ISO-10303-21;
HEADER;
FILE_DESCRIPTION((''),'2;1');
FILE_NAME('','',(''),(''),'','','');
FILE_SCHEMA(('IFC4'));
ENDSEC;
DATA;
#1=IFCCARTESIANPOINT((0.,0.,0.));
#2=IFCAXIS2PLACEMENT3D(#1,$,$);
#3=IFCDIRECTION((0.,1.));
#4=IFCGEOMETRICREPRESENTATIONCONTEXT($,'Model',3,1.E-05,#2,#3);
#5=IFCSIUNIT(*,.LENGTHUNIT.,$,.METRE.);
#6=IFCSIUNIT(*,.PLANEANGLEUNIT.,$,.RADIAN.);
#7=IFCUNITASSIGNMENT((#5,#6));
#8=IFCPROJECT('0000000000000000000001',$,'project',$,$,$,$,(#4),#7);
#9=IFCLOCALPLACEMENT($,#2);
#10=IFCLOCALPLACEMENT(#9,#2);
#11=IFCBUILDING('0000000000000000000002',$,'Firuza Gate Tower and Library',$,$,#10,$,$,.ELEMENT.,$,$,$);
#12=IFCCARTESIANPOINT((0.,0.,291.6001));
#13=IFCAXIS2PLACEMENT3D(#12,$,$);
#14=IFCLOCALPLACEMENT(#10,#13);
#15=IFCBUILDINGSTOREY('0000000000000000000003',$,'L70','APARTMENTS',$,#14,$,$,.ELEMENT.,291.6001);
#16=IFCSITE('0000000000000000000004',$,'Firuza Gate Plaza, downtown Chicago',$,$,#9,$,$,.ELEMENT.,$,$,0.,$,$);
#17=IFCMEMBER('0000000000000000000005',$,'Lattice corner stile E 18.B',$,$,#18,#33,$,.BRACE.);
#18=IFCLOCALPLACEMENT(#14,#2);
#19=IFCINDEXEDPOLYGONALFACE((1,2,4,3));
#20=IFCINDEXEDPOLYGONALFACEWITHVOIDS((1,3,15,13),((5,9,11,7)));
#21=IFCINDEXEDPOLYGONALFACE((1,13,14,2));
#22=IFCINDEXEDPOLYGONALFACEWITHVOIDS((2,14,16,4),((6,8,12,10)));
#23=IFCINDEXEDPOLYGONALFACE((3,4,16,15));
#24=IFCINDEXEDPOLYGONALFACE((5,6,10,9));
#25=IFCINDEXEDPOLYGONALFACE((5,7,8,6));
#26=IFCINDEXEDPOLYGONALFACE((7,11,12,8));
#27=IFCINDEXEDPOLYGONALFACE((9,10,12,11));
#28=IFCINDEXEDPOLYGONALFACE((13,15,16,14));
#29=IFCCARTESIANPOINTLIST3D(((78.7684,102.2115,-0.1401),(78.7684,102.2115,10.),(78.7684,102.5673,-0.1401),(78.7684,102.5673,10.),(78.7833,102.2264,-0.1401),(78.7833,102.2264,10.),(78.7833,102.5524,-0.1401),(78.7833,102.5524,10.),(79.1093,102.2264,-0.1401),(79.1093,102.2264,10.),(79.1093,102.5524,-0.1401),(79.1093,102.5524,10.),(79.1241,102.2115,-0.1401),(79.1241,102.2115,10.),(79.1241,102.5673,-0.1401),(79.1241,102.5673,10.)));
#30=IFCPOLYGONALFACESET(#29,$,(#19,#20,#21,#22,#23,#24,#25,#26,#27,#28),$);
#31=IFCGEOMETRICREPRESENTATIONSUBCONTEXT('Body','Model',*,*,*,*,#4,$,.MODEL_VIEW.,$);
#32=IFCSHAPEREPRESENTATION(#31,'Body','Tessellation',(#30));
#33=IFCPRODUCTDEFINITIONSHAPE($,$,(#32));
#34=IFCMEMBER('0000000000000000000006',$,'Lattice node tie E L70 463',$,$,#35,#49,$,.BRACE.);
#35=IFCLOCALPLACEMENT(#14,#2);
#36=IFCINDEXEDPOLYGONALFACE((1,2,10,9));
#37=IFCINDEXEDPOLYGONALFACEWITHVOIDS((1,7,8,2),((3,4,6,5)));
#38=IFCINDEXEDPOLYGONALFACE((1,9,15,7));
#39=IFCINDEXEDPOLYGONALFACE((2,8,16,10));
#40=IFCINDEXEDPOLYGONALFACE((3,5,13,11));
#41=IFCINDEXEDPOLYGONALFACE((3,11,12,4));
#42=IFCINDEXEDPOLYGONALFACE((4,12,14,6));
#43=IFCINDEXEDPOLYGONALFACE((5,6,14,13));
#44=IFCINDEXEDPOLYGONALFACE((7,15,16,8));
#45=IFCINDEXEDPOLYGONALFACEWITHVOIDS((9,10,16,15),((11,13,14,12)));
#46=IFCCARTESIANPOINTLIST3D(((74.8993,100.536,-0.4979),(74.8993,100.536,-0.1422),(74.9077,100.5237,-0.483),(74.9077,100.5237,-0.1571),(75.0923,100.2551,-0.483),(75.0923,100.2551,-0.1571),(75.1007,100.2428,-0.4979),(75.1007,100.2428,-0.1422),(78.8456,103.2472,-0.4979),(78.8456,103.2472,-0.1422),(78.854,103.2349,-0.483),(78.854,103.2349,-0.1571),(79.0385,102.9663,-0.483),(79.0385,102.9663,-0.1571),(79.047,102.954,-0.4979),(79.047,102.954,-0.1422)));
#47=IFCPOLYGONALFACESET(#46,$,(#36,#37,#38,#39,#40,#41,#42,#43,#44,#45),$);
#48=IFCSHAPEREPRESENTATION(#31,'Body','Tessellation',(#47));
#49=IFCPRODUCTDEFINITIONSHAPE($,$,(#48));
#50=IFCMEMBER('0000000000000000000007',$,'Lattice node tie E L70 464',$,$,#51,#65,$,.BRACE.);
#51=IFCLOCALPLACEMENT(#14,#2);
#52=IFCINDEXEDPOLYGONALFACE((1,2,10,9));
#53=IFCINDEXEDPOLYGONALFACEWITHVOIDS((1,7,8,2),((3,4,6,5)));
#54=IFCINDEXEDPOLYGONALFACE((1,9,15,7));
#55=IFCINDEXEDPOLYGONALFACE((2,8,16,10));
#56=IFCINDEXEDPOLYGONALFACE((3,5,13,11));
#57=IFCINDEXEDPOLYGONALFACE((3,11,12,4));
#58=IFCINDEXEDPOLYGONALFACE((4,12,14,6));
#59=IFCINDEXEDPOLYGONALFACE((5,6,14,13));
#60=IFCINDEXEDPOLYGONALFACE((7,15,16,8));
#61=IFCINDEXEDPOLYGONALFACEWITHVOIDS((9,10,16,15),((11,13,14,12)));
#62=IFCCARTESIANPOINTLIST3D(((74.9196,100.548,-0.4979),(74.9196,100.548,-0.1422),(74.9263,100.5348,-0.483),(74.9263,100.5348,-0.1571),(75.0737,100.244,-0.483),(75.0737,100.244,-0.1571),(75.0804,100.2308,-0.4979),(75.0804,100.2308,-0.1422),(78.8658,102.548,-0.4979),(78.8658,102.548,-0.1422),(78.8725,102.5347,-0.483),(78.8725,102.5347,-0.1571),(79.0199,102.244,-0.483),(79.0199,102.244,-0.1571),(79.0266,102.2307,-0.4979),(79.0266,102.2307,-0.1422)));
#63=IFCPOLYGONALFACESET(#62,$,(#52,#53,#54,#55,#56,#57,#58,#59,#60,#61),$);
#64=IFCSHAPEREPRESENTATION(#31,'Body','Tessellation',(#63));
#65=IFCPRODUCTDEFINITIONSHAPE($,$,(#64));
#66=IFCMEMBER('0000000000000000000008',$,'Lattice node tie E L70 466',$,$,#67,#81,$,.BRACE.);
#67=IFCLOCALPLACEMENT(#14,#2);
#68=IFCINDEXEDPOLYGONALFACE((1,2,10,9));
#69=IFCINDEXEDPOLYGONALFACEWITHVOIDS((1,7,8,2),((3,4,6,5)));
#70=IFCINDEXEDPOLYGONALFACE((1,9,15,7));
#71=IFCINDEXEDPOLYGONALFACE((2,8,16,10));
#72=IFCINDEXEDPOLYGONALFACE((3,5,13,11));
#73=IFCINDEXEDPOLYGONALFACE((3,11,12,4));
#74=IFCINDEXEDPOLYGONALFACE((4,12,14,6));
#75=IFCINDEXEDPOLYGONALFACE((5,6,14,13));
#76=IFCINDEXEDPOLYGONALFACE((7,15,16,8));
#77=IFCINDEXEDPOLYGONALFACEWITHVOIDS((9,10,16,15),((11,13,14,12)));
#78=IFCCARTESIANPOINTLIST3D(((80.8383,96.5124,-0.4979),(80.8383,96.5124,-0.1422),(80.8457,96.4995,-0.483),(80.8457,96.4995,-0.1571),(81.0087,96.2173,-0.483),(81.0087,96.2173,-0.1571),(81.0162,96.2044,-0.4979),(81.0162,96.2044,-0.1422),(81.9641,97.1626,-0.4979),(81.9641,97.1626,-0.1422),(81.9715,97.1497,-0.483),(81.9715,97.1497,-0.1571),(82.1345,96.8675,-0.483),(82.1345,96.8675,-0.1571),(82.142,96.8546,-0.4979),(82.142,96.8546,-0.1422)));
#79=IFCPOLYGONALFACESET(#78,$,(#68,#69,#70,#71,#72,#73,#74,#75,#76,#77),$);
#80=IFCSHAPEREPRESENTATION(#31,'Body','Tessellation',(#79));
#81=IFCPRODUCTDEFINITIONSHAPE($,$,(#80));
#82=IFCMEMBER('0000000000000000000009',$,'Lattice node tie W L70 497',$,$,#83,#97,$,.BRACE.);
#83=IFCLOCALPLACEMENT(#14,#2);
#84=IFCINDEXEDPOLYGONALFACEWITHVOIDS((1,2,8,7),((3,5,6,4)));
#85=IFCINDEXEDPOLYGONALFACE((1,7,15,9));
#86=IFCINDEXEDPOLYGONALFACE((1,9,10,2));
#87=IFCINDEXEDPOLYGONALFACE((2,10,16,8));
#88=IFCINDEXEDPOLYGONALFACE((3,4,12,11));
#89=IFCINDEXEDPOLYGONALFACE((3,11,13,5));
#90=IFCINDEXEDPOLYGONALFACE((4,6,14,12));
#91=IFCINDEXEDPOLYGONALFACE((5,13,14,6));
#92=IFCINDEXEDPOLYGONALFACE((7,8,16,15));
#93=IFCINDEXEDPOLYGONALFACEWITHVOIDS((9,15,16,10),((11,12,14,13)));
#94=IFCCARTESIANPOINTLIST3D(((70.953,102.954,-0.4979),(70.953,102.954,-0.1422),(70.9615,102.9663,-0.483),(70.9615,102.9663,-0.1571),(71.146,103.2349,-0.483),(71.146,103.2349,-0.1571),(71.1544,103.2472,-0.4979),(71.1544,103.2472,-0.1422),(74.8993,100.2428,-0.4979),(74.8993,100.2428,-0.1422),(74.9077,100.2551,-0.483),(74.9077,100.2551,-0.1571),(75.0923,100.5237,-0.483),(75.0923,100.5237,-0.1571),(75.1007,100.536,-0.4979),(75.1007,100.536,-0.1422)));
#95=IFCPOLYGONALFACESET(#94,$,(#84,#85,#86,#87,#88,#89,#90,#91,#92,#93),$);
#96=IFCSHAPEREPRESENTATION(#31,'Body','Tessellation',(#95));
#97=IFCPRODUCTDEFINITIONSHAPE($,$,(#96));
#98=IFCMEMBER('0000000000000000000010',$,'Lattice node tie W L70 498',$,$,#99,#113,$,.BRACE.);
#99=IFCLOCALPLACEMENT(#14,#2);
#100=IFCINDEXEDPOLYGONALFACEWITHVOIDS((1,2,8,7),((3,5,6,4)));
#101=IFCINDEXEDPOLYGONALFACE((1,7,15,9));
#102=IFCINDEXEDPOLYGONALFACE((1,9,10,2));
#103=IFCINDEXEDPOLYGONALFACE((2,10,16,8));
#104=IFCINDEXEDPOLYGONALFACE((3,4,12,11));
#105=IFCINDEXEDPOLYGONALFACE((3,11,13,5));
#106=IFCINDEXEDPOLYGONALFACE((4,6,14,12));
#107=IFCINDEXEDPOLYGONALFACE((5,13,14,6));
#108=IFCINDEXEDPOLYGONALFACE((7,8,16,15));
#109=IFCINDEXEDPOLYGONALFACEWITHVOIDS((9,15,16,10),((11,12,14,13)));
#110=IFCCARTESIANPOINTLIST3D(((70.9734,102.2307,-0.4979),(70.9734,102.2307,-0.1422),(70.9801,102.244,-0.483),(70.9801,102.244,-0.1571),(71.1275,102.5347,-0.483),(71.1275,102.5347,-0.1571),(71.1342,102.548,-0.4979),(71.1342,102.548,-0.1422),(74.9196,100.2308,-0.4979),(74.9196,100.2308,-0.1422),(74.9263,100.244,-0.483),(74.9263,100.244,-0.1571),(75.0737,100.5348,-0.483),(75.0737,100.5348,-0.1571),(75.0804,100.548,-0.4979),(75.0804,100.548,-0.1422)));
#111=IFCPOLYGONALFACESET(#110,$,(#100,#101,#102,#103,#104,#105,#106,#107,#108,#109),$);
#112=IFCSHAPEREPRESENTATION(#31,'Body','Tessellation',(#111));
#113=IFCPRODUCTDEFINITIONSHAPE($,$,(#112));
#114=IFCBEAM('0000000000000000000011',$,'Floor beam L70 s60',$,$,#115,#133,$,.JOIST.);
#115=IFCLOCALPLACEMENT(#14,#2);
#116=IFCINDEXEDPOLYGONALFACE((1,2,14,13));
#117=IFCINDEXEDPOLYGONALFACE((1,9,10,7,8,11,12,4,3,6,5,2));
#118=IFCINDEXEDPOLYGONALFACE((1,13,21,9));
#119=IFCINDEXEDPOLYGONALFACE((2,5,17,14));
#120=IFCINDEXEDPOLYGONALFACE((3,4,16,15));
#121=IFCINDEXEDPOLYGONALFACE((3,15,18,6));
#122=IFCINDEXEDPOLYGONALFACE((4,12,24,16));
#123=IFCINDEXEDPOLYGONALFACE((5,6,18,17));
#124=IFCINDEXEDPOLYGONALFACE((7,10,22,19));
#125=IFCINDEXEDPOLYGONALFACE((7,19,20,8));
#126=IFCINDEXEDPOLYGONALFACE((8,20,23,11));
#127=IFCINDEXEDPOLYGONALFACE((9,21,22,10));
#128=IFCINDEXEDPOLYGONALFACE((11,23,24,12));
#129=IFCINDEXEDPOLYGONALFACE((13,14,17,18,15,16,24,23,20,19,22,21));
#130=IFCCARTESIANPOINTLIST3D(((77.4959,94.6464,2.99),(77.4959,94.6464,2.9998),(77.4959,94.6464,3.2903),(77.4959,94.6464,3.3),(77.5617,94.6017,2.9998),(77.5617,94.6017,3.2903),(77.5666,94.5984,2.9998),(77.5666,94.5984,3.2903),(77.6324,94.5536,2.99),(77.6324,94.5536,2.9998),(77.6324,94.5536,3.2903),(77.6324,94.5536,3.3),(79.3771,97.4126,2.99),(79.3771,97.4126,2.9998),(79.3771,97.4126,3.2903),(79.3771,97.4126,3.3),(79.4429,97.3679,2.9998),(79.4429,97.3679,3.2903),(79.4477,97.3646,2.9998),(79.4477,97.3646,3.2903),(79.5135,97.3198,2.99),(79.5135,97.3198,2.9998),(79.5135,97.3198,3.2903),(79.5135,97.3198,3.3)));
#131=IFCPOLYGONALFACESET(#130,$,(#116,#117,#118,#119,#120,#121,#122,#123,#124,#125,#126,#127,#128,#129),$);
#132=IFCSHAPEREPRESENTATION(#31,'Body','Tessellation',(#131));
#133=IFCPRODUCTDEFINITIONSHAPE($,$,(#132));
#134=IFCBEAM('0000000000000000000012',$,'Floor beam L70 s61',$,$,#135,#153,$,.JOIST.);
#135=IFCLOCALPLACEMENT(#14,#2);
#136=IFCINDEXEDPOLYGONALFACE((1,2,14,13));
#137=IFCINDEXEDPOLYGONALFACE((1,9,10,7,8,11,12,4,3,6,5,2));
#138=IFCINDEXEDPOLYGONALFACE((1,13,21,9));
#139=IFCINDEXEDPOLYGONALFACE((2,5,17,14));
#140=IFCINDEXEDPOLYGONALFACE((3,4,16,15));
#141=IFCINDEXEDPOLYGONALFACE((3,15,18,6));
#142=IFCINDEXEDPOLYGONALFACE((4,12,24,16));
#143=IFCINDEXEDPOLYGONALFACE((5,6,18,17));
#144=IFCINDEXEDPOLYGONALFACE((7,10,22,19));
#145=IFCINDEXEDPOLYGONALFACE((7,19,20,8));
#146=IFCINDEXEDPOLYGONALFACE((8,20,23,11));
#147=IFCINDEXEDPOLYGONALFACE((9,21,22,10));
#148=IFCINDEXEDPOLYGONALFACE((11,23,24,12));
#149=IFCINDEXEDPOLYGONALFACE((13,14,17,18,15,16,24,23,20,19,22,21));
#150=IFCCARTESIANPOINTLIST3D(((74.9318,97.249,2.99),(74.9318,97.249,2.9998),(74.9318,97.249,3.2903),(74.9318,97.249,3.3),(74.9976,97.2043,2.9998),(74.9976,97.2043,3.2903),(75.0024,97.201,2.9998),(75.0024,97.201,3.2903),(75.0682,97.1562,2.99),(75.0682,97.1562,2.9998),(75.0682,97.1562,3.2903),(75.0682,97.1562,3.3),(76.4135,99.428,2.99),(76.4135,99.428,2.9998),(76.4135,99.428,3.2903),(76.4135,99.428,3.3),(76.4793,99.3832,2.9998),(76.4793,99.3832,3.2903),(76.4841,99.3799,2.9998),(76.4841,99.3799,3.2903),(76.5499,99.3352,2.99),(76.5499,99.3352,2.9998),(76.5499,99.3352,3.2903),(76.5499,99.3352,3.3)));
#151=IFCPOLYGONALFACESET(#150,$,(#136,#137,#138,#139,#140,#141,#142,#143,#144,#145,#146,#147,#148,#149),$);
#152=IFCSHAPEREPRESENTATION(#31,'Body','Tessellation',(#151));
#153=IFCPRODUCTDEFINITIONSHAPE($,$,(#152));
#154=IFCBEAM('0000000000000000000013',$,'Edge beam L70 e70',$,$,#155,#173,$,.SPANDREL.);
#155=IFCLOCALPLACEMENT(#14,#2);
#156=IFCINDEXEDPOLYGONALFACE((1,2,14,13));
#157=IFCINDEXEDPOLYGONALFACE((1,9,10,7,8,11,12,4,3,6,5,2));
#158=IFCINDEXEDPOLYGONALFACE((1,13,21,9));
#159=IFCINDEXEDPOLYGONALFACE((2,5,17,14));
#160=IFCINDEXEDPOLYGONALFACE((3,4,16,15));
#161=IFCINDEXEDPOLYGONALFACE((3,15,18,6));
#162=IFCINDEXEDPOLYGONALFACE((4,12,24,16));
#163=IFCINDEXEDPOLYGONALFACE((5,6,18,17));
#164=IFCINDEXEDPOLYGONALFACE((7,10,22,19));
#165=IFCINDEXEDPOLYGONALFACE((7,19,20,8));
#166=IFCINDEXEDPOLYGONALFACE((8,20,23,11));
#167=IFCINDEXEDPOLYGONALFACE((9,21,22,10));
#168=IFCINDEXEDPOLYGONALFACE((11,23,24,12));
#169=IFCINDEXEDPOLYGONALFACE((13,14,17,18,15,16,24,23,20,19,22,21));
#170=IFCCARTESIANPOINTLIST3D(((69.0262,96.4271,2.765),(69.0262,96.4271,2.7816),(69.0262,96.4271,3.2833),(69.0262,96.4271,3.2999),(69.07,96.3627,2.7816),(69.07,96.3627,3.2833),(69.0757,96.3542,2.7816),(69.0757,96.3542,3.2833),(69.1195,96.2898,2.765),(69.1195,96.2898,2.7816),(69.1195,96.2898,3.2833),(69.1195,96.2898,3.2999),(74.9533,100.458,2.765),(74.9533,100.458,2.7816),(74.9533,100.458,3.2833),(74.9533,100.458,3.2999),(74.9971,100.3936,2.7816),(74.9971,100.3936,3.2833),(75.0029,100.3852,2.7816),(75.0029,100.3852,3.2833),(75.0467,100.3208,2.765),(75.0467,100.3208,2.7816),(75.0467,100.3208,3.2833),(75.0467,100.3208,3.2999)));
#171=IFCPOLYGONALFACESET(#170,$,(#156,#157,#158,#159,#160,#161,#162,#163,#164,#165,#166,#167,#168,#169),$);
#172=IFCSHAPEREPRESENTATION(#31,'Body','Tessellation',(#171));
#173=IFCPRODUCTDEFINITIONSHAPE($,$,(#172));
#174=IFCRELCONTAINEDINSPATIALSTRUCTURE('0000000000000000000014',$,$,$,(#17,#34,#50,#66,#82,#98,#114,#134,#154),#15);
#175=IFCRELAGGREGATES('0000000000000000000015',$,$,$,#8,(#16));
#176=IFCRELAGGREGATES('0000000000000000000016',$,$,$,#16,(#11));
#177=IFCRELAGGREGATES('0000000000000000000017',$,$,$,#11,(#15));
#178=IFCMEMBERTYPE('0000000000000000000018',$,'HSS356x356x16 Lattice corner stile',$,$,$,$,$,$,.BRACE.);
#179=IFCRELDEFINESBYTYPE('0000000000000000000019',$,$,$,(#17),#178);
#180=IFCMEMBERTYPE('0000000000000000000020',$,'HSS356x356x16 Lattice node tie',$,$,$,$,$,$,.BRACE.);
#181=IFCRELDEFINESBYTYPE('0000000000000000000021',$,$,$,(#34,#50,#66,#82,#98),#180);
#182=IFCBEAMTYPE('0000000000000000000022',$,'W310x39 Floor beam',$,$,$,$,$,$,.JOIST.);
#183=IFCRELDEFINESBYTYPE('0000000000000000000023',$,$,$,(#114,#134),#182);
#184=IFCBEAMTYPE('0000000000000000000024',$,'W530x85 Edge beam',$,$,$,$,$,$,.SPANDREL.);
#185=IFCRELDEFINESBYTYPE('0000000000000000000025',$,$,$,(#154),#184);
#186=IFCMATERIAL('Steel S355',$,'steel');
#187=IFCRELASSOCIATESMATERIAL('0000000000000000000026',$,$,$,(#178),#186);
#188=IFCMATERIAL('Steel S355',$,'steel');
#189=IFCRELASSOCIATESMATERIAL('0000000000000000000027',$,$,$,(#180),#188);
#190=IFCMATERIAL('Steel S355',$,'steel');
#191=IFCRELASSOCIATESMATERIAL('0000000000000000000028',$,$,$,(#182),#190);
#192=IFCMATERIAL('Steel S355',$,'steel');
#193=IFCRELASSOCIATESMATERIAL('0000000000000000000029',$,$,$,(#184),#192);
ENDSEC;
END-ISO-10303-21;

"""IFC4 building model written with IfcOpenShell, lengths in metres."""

from ifc_helpers import new_model, si_unit, direction, frame, origin, origin_2d, place, context, subcontext, project, spatial, hollow_rectangle, i_section, extrude, material, material_profile, profile_set, type_object, element, save


model = new_model("IFC4")

# Units and contexts
model_context = context("Model", 3, precision=1e-05, world=origin(), true_north=direction((0.0, 1.0)))
body_context = subcontext(model_context, "Body", "Model", "MODEL_VIEW")
ifc_project = project(units=[si_unit("LENGTHUNIT", "METRE"), si_unit("PLANEANGLEUNIT", "RADIAN")], contexts=[model_context])

# Site, building, storey
site_placement = place(None, origin())
site = spatial("IfcSite", under=ifc_project, at=site_placement, Name="Firuza Gate Plaza, downtown Chicago", CompositionType="ELEMENT", RefElevation=0.0)
building_placement = place(site_placement, origin())
building = spatial("IfcBuilding", under=site, at=building_placement, Name="Firuza Gate Tower and Library", CompositionType="ELEMENT")
storey_placement = place(building_placement, frame((0.0, 0.0, 291.6001)))
storey = spatial("IfcBuildingStorey", under=building, at=storey_placement, Name="L70", Description="APARTMENTS", CompositionType="ELEMENT", Elevation=291.6001)

# Members
ifc_material_1 = material(Name="Steel S355", Category="steel")
ifc_material_profile_1 = material_profile(ifc_material_1, hollow_rectangle(XDim=0.3557, YDim=0.3557, WallThickness=0.0149, at=origin_2d()))
ifc_profile_set_1 = profile_set([ifc_material_profile_1], Name="Steel S355")
member_type_1 = type_object("IfcMemberType", Name="HSS356x356x16 Lattice corner stile", PredefinedType="BRACE", material=ifc_profile_set_1)
member_1_placement = place(storey_placement, frame((78.9463, 102.3894, -0.1401), z_axis=(0.0, 0.0, 1.0), x_axis=(1.0, 0.0, 0.0)))
element("IfcMember", 1, at=member_1_placement, inside=storey, type_object=member_type_1, Name="Lattice corner stile E 18.B", PredefinedType="BRACE", context=body_context, shape_type="SweptSolid", body=[
    extrude(hollow_rectangle(XDim=0.3557, YDim=0.3557, WallThickness=0.0149, at=origin_2d()), origin(), (0.0, 0.0, 1.0), 10.1401),
])
ifc_material_2 = material(Name="Steel S355", Category="steel")
ifc_material_profile_2 = material_profile(ifc_material_2, hollow_rectangle(XDim=0.3557, YDim=0.3557, WallThickness=0.0149, at=origin_2d()))
ifc_profile_set_2 = profile_set([ifc_material_profile_2], Name="Steel S355")
member_type_2 = type_object("IfcMemberType", Name="HSS356x356x16 Lattice node tie", PredefinedType="BRACE", material=ifc_profile_set_2)
member_2_placement = place(storey_placement, frame((75.0, 100.3894, -0.3201), z_axis=(0.824226, 0.56626, 0.0), x_axis=(-0.56626, 0.824226, 0.0)))
element("IfcMember", 2, at=member_2_placement, inside=storey, type_object=member_type_2, Name="Lattice node tie E L70 463", PredefinedType="BRACE", context=body_context, shape_type="SweptSolid", body=[
    extrude(hollow_rectangle(XDim=0.3557, YDim=0.3557, WallThickness=0.0149, at=origin_2d()), origin(), (0.0, 0.0, 1.0), 4.7878),
])
member_3_placement = place(storey_placement, frame((75.0, 100.3894, -0.3201), z_axis=(0.891986, 0.452063, 0.0), x_axis=(-0.452063, 0.891986, 0.0)))
element("IfcMember", 3, at=member_3_placement, inside=storey, type_object=member_type_2, Name="Lattice node tie E L70 464", PredefinedType="BRACE", context=body_context, shape_type="SweptSolid", body=[
    extrude(hollow_rectangle(XDim=0.3557, YDim=0.3557, WallThickness=0.0149, at=origin_2d()), origin(), (0.0, 0.0, 1.0), 4.4241),
])
member_4_placement = place(storey_placement, frame((80.9272, 96.3584, -0.3201), z_axis=(0.865957, 0.500118, 0.0), x_axis=(-0.500118, 0.865957, 0.0)))
element("IfcMember", 4, at=member_4_placement, inside=storey, type_object=member_type_2, Name="Lattice node tie E L70 466", PredefinedType="BRACE", context=body_context, shape_type="SweptSolid", body=[
    extrude(hollow_rectangle(XDim=0.3557, YDim=0.3557, WallThickness=0.0149, at=origin_2d()), origin(), (0.0, 0.0, 1.0), 1.3),
])
member_5_placement = place(storey_placement, frame((75.0, 100.3894, -0.3201), z_axis=(-0.824226, 0.56626, 0.0), x_axis=(-0.56626, -0.824226, 0.0)))
element("IfcMember", 5, at=member_5_placement, inside=storey, type_object=member_type_2, Name="Lattice node tie W L70 497", PredefinedType="BRACE", context=body_context, shape_type="SweptSolid", body=[
    extrude(hollow_rectangle(XDim=0.3557, YDim=0.3557, WallThickness=0.0149, at=origin_2d()), origin(), (0.0, 0.0, 1.0), 4.7878),
])
member_6_placement = place(storey_placement, frame((75.0, 100.3894, -0.3201), z_axis=(-0.891986, 0.452063, 0.0), x_axis=(-0.452063, -0.891986, 0.0)))
element("IfcMember", 6, at=member_6_placement, inside=storey, type_object=member_type_2, Name="Lattice node tie W L70 498", PredefinedType="BRACE", context=body_context, shape_type="SweptSolid", body=[
    extrude(hollow_rectangle(XDim=0.3557, YDim=0.3557, WallThickness=0.0149, at=origin_2d()), origin(), (0.0, 0.0, 1.0), 4.4241),
])

# Beams
ifc_material_3 = material(Name="Steel S355", Category="steel")
ifc_material_profile_3 = material_profile(ifc_material_3, i_section(OverallWidth=0.165, OverallDepth=0.3101, WebThickness=0.0059, FlangeThickness=0.0098, at=origin_2d()))
ifc_profile_set_3 = profile_set([ifc_material_profile_3], Name="Steel S355")
beam_type_1 = type_object("IfcBeamType", Name="W310x39 Floor beam", PredefinedType="JOIST", material=ifc_profile_set_3)
beam_1_placement = place(storey_placement, frame((79.4453, 97.3662, 3.145), z_axis=(-0.56234, -0.826906, 0.0), x_axis=(0.826906, -0.56234, 0.0)))
element("IfcBeam", 7, at=beam_1_placement, inside=storey, type_object=beam_type_1, Name="Floor beam L70 s60", PredefinedType="JOIST", context=body_context, shape_type="SweptSolid", body=[
    extrude(i_section(OverallWidth=0.165, OverallDepth=0.3101, WebThickness=0.0059, FlangeThickness=0.0098, at=origin_2d()), origin(), (0.0, 0.0, 1.0), 3.3452),
])
beam_2_placement = place(storey_placement, frame((76.4817, 99.3816, 3.145), z_axis=(-0.56231, -0.826927, 0.0), x_axis=(0.826927, -0.56231, 0.0)))
element("IfcBeam", 8, at=beam_2_placement, inside=storey, type_object=beam_type_1, Name="Floor beam L70 s61", PredefinedType="JOIST", context=body_context, shape_type="SweptSolid", body=[
    extrude(i_section(OverallWidth=0.165, OverallDepth=0.3101, WebThickness=0.0059, FlangeThickness=0.0098, at=origin_2d()), origin(), (0.0, 0.0, 1.0), 2.635),
])
ifc_material_4 = material(Name="Steel S355", Category="steel")
ifc_material_profile_4 = material_profile(ifc_material_4, i_section(OverallWidth=0.166, OverallDepth=0.5349, WebThickness=0.0103, FlangeThickness=0.0166, at=origin_2d()))
ifc_profile_set_4 = profile_set([ifc_material_profile_4], Name="Steel S355")
beam_type_2 = type_object("IfcBeamType", Name="W530x85 Edge beam", PredefinedType="SPANDREL", material=ifc_profile_set_4)
beam_3_placement = place(storey_placement, frame((75.0, 100.3894, 3.0325), z_axis=(-0.826895, -0.562356, 0.0), x_axis=(0.562356, -0.826895, 0.0)))
element("IfcBeam", 9, at=beam_3_placement, inside=storey, type_object=beam_type_2, Name="Edge beam L70 e70", PredefinedType="SPANDREL", context=body_context, shape_type="SweptSolid", body=[
    extrude(i_section(OverallWidth=0.166, OverallDepth=0.5349, WebThickness=0.0103, FlangeThickness=0.0166, at=origin_2d()), origin(), (0.0, 0.0, 1.0), 7.168),
])

save(model, "model.ifc")
